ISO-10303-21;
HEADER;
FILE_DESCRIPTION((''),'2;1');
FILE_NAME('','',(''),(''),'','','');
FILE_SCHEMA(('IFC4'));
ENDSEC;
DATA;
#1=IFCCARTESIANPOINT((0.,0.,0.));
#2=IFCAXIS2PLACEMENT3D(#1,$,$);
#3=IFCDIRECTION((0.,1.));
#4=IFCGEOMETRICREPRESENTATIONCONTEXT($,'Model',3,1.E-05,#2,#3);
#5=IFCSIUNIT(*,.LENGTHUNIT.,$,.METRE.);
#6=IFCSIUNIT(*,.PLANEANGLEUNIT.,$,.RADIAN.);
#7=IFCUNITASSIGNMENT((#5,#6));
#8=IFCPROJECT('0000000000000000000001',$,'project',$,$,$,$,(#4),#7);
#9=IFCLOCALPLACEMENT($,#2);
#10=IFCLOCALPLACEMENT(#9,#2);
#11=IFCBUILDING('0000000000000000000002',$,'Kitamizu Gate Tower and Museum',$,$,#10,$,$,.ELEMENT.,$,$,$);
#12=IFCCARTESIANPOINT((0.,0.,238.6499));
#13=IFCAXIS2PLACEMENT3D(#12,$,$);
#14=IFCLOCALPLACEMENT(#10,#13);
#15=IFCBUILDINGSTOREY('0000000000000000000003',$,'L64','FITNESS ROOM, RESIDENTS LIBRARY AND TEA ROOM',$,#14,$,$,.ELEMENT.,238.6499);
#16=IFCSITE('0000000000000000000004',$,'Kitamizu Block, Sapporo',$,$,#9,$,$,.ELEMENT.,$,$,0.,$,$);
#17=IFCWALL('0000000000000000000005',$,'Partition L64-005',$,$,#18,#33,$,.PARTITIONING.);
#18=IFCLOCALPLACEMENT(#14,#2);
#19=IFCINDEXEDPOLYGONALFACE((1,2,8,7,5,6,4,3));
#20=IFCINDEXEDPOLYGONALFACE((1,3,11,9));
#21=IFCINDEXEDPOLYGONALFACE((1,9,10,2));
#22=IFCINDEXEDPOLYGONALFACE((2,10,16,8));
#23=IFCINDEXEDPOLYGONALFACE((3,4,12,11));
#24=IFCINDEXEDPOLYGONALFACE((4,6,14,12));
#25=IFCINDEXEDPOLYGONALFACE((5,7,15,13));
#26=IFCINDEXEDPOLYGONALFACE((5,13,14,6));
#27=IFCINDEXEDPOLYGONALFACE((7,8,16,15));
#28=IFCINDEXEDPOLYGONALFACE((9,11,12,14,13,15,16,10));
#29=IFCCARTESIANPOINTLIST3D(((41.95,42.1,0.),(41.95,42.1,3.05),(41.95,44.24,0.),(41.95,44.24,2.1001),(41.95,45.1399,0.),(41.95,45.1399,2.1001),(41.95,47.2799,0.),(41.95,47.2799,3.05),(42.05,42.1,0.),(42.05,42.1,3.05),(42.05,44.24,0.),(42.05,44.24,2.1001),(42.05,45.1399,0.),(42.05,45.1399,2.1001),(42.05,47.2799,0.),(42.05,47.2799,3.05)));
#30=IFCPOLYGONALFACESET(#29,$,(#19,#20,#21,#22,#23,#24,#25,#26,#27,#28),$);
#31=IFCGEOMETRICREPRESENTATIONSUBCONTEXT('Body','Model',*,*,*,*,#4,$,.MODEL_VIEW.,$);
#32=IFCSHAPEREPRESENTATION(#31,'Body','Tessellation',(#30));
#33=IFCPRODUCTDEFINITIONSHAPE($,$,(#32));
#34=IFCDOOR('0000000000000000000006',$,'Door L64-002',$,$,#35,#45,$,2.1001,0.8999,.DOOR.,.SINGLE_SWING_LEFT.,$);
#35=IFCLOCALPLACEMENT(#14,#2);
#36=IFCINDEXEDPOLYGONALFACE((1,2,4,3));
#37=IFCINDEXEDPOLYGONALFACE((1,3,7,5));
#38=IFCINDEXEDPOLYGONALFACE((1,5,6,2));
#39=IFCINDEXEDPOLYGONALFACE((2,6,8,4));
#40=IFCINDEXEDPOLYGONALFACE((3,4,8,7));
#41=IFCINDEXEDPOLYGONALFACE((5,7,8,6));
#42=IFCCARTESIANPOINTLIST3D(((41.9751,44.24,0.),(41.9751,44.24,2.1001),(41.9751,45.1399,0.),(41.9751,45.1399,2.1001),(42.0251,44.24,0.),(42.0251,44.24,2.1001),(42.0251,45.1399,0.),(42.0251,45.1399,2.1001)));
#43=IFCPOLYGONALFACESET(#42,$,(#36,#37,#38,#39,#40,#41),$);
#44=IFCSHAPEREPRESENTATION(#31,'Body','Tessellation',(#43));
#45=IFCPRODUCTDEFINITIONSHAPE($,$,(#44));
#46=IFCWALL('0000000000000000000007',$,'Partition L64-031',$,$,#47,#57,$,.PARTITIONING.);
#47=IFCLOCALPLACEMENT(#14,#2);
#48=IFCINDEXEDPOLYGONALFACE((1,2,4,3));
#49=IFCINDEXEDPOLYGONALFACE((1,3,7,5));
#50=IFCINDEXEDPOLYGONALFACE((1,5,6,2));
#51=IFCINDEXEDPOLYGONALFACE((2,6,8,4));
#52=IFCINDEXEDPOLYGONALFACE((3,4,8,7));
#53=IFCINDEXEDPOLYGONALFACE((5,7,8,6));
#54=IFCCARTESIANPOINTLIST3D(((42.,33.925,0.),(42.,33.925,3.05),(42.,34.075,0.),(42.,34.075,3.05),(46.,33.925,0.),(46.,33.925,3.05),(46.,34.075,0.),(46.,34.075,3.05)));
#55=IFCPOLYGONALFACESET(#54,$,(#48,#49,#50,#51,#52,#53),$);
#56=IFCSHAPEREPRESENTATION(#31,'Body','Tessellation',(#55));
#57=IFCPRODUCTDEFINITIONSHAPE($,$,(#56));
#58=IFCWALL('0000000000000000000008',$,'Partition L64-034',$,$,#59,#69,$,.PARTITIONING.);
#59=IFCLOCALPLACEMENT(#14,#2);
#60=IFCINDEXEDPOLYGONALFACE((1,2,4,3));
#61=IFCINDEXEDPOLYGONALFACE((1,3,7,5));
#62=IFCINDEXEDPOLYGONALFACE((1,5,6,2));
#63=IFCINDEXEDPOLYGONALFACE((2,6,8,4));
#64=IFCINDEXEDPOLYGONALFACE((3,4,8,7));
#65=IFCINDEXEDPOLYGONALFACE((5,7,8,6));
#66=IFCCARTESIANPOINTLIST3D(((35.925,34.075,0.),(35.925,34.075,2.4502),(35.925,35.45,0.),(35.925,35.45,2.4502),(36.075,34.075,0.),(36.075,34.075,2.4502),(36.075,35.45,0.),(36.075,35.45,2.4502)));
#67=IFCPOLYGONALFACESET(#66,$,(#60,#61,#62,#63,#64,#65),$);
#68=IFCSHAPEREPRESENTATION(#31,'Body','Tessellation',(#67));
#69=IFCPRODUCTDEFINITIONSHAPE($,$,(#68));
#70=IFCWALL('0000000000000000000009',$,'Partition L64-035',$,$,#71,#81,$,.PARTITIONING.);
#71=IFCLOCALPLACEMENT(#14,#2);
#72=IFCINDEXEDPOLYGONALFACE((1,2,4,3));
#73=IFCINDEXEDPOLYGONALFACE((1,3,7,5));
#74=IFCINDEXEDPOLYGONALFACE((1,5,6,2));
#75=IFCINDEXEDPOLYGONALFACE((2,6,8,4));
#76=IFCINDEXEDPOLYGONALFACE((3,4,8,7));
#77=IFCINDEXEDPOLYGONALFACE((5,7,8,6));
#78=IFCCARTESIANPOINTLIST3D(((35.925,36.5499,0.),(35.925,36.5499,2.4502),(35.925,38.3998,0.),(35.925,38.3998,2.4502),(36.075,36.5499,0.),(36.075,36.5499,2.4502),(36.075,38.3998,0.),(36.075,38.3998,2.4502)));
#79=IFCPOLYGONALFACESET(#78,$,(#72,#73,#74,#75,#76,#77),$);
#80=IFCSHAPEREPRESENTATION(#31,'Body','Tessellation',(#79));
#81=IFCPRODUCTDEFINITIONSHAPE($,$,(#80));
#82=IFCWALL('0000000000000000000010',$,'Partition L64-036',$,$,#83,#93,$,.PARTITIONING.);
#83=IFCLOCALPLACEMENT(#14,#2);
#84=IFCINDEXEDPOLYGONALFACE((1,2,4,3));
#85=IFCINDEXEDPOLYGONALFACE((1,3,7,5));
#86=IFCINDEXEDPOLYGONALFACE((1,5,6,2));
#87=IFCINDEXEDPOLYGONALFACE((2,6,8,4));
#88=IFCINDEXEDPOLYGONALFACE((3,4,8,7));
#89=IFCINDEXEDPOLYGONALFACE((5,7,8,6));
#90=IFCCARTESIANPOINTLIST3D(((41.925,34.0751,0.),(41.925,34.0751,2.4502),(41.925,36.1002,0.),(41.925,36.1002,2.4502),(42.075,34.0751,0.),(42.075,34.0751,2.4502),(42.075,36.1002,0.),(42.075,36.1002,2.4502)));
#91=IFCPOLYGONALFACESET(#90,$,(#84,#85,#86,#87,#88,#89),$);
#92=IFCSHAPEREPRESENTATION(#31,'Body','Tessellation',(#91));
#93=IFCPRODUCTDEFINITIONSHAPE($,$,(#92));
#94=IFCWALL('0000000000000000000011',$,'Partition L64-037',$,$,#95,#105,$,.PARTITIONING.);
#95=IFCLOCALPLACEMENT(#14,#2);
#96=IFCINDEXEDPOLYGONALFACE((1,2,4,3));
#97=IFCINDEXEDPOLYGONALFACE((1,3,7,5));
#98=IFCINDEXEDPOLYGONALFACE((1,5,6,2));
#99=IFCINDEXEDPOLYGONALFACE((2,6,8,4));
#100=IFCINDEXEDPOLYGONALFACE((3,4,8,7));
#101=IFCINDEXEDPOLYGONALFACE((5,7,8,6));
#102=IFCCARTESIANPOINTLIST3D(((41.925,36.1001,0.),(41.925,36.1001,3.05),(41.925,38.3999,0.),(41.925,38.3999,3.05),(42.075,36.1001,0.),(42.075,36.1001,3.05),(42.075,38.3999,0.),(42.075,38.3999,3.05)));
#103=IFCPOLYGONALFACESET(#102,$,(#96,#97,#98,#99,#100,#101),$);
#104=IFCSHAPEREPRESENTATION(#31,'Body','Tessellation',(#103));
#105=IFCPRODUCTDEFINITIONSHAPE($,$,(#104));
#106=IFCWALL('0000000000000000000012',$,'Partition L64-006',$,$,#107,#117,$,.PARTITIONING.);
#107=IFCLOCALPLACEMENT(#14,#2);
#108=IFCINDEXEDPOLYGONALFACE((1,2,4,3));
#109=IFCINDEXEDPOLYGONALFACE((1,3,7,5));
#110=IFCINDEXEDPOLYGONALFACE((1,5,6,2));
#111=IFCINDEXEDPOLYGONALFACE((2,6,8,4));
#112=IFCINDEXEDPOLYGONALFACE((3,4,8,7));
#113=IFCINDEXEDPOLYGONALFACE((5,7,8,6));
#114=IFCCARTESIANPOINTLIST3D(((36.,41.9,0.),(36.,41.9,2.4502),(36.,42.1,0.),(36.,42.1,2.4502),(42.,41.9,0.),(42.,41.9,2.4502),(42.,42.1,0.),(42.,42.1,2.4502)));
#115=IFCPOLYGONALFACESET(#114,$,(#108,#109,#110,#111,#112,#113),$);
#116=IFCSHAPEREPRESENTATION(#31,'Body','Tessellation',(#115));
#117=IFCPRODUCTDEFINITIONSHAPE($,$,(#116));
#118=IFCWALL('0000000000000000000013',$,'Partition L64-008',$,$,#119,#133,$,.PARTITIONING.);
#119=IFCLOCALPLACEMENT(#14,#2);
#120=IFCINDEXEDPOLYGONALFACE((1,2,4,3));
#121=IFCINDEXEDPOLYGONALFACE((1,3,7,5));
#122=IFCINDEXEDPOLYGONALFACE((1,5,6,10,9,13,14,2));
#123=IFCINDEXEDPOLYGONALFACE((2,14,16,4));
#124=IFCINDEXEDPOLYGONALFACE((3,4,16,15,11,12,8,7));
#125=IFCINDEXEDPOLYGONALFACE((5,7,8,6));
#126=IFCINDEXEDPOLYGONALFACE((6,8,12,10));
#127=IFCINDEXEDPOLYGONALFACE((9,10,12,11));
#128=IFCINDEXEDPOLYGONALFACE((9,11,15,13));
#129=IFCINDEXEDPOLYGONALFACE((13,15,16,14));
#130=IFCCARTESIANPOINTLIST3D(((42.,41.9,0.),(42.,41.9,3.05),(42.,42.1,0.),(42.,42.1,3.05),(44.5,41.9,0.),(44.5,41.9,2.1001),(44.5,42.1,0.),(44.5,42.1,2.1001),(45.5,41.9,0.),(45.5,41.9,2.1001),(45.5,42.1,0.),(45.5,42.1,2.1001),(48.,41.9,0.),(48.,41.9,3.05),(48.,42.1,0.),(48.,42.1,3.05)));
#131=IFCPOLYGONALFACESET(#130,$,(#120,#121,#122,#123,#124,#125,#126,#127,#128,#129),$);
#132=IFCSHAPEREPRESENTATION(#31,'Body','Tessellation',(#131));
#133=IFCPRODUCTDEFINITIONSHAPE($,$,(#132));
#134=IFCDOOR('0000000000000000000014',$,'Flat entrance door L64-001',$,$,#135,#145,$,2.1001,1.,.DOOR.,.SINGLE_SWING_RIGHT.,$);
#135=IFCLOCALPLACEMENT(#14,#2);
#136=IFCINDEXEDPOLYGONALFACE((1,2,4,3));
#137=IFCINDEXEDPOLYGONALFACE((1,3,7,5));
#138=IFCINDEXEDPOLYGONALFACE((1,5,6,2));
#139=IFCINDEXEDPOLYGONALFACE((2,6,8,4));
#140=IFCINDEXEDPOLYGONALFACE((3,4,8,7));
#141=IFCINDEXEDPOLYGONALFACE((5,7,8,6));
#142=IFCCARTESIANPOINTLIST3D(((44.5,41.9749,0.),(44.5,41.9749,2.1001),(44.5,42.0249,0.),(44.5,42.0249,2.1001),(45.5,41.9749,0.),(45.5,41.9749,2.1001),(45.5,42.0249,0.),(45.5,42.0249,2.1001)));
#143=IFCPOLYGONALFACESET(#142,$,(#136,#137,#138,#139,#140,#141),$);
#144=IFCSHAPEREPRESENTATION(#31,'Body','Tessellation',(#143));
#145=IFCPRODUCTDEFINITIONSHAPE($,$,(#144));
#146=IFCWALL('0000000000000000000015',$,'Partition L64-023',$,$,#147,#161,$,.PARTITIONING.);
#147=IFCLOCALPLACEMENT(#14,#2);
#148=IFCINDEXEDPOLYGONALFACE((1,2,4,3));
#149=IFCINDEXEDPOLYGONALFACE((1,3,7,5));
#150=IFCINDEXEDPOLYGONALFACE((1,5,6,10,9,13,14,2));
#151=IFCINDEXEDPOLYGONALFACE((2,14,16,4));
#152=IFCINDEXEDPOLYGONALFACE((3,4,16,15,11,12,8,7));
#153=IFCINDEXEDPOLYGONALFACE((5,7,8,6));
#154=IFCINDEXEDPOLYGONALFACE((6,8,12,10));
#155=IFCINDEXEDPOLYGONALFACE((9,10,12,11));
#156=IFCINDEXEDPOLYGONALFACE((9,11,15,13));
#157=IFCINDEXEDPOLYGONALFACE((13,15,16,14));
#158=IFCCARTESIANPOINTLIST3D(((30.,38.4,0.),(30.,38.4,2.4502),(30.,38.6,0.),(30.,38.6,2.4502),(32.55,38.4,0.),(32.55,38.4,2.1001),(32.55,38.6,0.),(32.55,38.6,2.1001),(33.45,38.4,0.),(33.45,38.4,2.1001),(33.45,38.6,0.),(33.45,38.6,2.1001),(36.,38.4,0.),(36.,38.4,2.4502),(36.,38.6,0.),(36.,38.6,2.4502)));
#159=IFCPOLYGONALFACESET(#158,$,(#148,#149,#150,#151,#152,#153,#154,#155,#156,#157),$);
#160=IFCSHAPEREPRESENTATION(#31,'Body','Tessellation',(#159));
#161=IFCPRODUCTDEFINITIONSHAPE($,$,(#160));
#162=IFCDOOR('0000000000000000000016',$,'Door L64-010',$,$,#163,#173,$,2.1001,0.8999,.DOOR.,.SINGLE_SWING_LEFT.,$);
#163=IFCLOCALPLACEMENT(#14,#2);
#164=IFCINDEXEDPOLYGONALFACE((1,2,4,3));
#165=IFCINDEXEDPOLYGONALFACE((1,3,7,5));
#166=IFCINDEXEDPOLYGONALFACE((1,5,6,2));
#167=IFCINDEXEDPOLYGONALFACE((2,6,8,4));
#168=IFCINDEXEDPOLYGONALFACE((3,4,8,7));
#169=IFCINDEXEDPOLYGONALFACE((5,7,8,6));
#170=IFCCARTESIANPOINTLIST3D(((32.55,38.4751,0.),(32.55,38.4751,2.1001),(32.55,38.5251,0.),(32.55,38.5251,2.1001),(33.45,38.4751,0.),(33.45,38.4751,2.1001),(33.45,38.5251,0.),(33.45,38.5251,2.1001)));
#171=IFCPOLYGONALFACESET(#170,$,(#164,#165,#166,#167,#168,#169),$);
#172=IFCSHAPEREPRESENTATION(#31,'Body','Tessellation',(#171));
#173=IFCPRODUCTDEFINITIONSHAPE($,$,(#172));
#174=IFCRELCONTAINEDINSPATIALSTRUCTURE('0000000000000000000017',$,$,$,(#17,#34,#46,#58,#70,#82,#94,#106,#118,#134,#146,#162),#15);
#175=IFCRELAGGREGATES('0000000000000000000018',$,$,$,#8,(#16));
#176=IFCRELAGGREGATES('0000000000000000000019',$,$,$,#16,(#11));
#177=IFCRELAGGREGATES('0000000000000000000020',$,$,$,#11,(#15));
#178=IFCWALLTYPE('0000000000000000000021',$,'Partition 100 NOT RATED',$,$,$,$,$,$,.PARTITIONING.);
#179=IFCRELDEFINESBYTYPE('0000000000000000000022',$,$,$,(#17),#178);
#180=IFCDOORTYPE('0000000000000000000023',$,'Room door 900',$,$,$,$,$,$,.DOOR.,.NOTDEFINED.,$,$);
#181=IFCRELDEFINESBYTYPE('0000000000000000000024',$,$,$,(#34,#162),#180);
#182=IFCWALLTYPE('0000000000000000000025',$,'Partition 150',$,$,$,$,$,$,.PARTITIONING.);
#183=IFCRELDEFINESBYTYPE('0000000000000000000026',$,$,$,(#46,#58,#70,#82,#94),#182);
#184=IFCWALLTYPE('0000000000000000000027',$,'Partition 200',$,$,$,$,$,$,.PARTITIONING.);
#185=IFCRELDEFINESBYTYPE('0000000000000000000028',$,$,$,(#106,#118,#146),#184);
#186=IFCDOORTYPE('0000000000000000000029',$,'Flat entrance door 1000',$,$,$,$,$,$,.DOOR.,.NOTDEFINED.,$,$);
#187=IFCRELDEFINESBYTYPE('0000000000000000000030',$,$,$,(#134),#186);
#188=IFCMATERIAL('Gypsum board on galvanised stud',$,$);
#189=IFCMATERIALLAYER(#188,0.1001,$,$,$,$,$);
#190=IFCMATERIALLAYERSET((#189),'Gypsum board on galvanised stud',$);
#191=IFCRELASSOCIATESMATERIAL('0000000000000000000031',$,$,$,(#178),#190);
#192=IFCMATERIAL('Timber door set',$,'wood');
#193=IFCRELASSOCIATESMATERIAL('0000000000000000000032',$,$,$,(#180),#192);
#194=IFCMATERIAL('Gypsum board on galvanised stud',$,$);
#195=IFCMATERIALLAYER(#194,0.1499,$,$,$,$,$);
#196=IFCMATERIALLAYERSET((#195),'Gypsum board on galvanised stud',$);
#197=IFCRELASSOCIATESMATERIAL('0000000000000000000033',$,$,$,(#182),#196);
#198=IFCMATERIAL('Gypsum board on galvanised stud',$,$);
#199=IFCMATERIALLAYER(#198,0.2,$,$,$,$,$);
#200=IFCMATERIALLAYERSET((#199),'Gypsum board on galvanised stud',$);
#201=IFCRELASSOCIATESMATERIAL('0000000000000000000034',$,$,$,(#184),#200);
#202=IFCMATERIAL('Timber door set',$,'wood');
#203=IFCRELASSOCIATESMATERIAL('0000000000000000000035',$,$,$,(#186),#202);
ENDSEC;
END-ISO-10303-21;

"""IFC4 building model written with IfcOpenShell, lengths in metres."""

from ifc_helpers import new_model, si_unit, direction, frame, frame_2d, origin, place, context, subcontext, project, spatial, rectangle, extrude, material, layer, layer_set, type_object, element, fill, save


model = new_model("IFC4")

# Units and contexts
model_context = context("Model", 3, precision=1e-05, world=origin(), true_north=direction((0.0, 1.0)))
body_context = subcontext(model_context, "Body", "Model", "MODEL_VIEW")
ifc_project = project(units=[si_unit("LENGTHUNIT", "METRE"), si_unit("PLANEANGLEUNIT", "RADIAN")], contexts=[model_context])

# Site, building, storey
site_placement = place(None, origin())
site = spatial("IfcSite", under=ifc_project, at=site_placement, Name="Kitamizu Block, Sapporo", CompositionType="ELEMENT", RefElevation=0.0)
building_placement = place(site_placement, origin())
building = spatial("IfcBuilding", under=site, at=building_placement, Name="Kitamizu Gate Tower and Museum", CompositionType="ELEMENT")
storey_placement = place(building_placement, frame((0.0, 0.0, 238.6499)))
storey = spatial("IfcBuildingStorey", under=building, at=storey_placement, Name="L64", Description="FITNESS ROOM, RESIDENTS LIBRARY AND TEA ROOM", CompositionType="ELEMENT", Elevation=238.6499)

# Wall, opening, door
ifc_material_1 = material(Name="Gypsum board on galvanised stud")
ifc_layer_1 = layer(ifc_material_1, 0.1001)
ifc_layer_set_1 = layer_set([ifc_layer_1], Name="Gypsum board on galvanised stud")
wall_type_1 = type_object("IfcWallType", Name="Partition 100 NOT RATED", PredefinedType="PARTITIONING", material=ifc_layer_set_1)
ifc_material_2 = material(Name="Timber door set", Category="wood")
door_type_1 = type_object("IfcDoorType", Name="Room door 900", OperationType="NOTDEFINED", PredefinedType="DOOR", material=ifc_material_2)
wall_1_placement = place(storey_placement, frame((42.0, 42.1001, 0.0), z_axis=(0.0, 0.0, 1.0), x_axis=(0.0, 1.0, 0.0)))
wall_1 = element("IfcWall", 1, at=wall_1_placement, inside=storey, type_object=wall_type_1, Name="Partition L64-005", PredefinedType="PARTITIONING", context=body_context, shape_type="SweptSolid", body=[
    extrude(rectangle(XDim=5.1799, YDim=0.1001, at=frame_2d((2.5898, 0.0))), origin(), (0.0, 0.0, 1.0), 3.05),
])
opening_1_placement = place(wall_1_placement, frame((2.1399, 0.0, 0.0)))
opening_1 = element("IfcOpeningElement", 2, at=opening_1_placement, cuts=wall_1, PredefinedType="OPENING", context=body_context, shape_type="SweptSolid", body=[
    extrude(rectangle(XDim=0.8999, YDim=2.1001, at=frame_2d((0.45, 1.05))), frame((0.0, 0.0601, 0.0), z_axis=(0.0, -1.0, 0.0), x_axis=(1.0, 0.0, 0.0)), (0.0, 0.0, 1.0), 0.1201),
])
door_1_placement = place(opening_1_placement, origin())
door_1 = element("IfcDoor", 3, at=door_1_placement, inside=storey, type_object=door_type_1, Name="Door L64-002", OperationType="SINGLE_SWING_LEFT", OverallHeight=2.1001, OverallWidth=0.8999, PredefinedType="DOOR", context=body_context, shape_type="SweptSolid", body=[
    extrude(rectangle(XDim=0.8999, YDim=2.1001, at=frame_2d((0.45, 1.05))), frame((0.0, 0.0249, 0.0), z_axis=(0.0, -1.0, 0.0), x_axis=(1.0, 0.0, 0.0)), (0.0, 0.0, 1.0), 0.05),
])
fill(opening_1, door_1)

# Walls
ifc_material_3 = material(Name="Gypsum board on galvanised stud")
ifc_layer_2 = layer(ifc_material_3, 0.1499)
ifc_layer_set_2 = layer_set([ifc_layer_2], Name="Gypsum board on galvanised stud")
wall_type_2 = type_object("IfcWallType", Name="Partition 150", PredefinedType="PARTITIONING", material=ifc_layer_set_2)
wall_2_placement = place(storey_placement, frame((46.0, 34.0, 0.0), z_axis=(0.0, 0.0, 1.0), x_axis=(-1.0, 0.0, 0.0)))
element("IfcWall", 4, at=wall_2_placement, inside=storey, type_object=wall_type_2, Name="Partition L64-031", PredefinedType="PARTITIONING", context=body_context, shape_type="SweptSolid", body=[
    extrude(rectangle(XDim=4.0, YDim=0.1499, at=frame_2d((2.0, 0.0))), origin(), (0.0, 0.0, 1.0), 3.05),
])
wall_3_placement = place(storey_placement, frame((36.0, 34.075, 0.0), z_axis=(0.0, 0.0, 1.0), x_axis=(0.0, 1.0, 0.0)))
element("IfcWall", 5, at=wall_3_placement, inside=storey, type_object=wall_type_2, Name="Partition L64-034", PredefinedType="PARTITIONING", context=body_context, shape_type="SweptSolid", body=[
    extrude(rectangle(XDim=1.375, YDim=0.1499, at=frame_2d((0.6875, 0.0))), origin(), (0.0, 0.0, 1.0), 2.4502),
])
wall_4_placement = place(storey_placement, frame((36.0, 36.55, 0.0), z_axis=(0.0, 0.0, 1.0), x_axis=(0.0, 1.0, 0.0)))
element("IfcWall", 6, at=wall_4_placement, inside=storey, type_object=wall_type_2, Name="Partition L64-035", PredefinedType="PARTITIONING", context=body_context, shape_type="SweptSolid", body=[
    extrude(rectangle(XDim=1.8499, YDim=0.1499, at=frame_2d((0.9248, 0.0))), origin(), (0.0, 0.0, 1.0), 2.4502),
])
wall_5_placement = place(storey_placement, frame((42.0, 34.075, 0.0), z_axis=(0.0, 0.0, 1.0), x_axis=(0.0, 1.0, 0.0)))
element("IfcWall", 7, at=wall_5_placement, inside=storey, type_object=wall_type_2, Name="Partition L64-036", PredefinedType="PARTITIONING", context=body_context, shape_type="SweptSolid", body=[
    extrude(rectangle(XDim=2.0251, YDim=0.1499, at=frame_2d((1.0127, 0.0))), origin(), (0.0, 0.0, 1.0), 2.4502),
])
wall_6_placement = place(storey_placement, frame((42.0, 36.1001, 0.0), z_axis=(0.0, 0.0, 1.0), x_axis=(0.0, 1.0, 0.0)))
element("IfcWall", 8, at=wall_6_placement, inside=storey, type_object=wall_type_2, Name="Partition L64-037", PredefinedType="PARTITIONING", context=body_context, shape_type="SweptSolid", body=[
    extrude(rectangle(XDim=2.2998, YDim=0.1499, at=frame_2d((1.1499, 0.0))), origin(), (0.0, 0.0, 1.0), 3.05),
])
ifc_material_4 = material(Name="Gypsum board on galvanised stud")
ifc_layer_3 = layer(ifc_material_4, 0.2)
ifc_layer_set_3 = layer_set([ifc_layer_3], Name="Gypsum board on galvanised stud")
wall_type_3 = type_object("IfcWallType", Name="Partition 200", PredefinedType="PARTITIONING", material=ifc_layer_set_3)
wall_7_placement = place(storey_placement, frame((36.0, 42.0, 0.0), z_axis=(0.0, 0.0, 1.0), x_axis=(1.0, 0.0, 0.0)))
element("IfcWall", 9, at=wall_7_placement, inside=storey, type_object=wall_type_3, Name="Partition L64-006", PredefinedType="PARTITIONING", context=body_context, shape_type="SweptSolid", body=[
    extrude(rectangle(XDim=6.0, YDim=0.2, at=frame_2d((3.0, 0.0))), origin(), (0.0, 0.0, 1.0), 2.4502),
])

# Walls, openings, doors
wall_8_placement = place(storey_placement, frame((42.0, 42.0, 0.0), z_axis=(0.0, 0.0, 1.0), x_axis=(1.0, 0.0, 0.0)))
wall_8 = element("IfcWall", 10, at=wall_8_placement, inside=storey, type_object=wall_type_3, Name="Partition L64-008", PredefinedType="PARTITIONING", context=body_context, shape_type="SweptSolid", body=[
    extrude(rectangle(XDim=6.0, YDim=0.2, at=frame_2d((3.0, 0.0))), origin(), (0.0, 0.0, 1.0), 3.05),
])
opening_2_placement = place(wall_8_placement, frame((2.5, 0.0, 0.0)))
opening_2 = element("IfcOpeningElement", 11, at=opening_2_placement, cuts=wall_8, PredefinedType="OPENING", context=body_context, shape_type="SweptSolid", body=[
    extrude(rectangle(XDim=1.0, YDim=2.1001, at=frame_2d((0.5, 1.05))), frame((0.0, 0.1099, 0.0), z_axis=(0.0, -1.0, 0.0), x_axis=(1.0, 0.0, 0.0)), (0.0, 0.0, 1.0), 0.22),
])
ifc_material_5 = material(Name="Timber door set", Category="wood")
door_type_2 = type_object("IfcDoorType", Name="Flat entrance door 1000", OperationType="NOTDEFINED", PredefinedType="DOOR", material=ifc_material_5)
door_2_placement = place(opening_2_placement, origin())
door_2 = element("IfcDoor", 12, at=door_2_placement, inside=storey, type_object=door_type_2, Name="Flat entrance door L64-001", OperationType="SINGLE_SWING_RIGHT", OverallHeight=2.1001, OverallWidth=1.0, PredefinedType="DOOR", context=body_context, shape_type="SweptSolid", body=[
    extrude(rectangle(XDim=1.0, YDim=2.1001, at=frame_2d((0.5, 1.05))), frame((0.0, 0.0249, 0.0), z_axis=(0.0, -1.0, 0.0), x_axis=(1.0, 0.0, 0.0)), (0.0, 0.0, 1.0), 0.05),
])
fill(opening_2, door_2)
wall_9_placement = place(storey_placement, frame((36.0, 38.5, 0.0), z_axis=(0.0, 0.0, 1.0), x_axis=(-1.0, 0.0, 0.0)))
wall_9 = element("IfcWall", 13, at=wall_9_placement, inside=storey, type_object=wall_type_3, Name="Partition L64-023", PredefinedType="PARTITIONING", context=body_context, shape_type="SweptSolid", body=[
    extrude(rectangle(XDim=6.0, YDim=0.2, at=frame_2d((3.0, 0.0))), origin(), (0.0, 0.0, 1.0), 2.4502),
])
opening_3_placement = place(wall_9_placement, frame((2.55, 0.0, 0.0)))
opening_3 = element("IfcOpeningElement", 14, at=opening_3_placement, cuts=wall_9, PredefinedType="OPENING", context=body_context, shape_type="SweptSolid", body=[
    extrude(rectangle(XDim=0.8999, YDim=2.1001, at=frame_2d((0.45, 1.05))), frame((0.0, 0.1099, 0.0), z_axis=(0.0, -1.0, 0.0), x_axis=(1.0, 0.0, 0.0)), (0.0, 0.0, 1.0), 0.22),
])
door_3_placement = place(opening_3_placement, origin())
door_3 = element("IfcDoor", 15, at=door_3_placement, inside=storey, type_object=door_type_1, Name="Door L64-010", OperationType="SINGLE_SWING_LEFT", OverallHeight=2.1001, OverallWidth=0.8999, PredefinedType="DOOR", context=body_context, shape_type="SweptSolid", body=[
    extrude(rectangle(XDim=0.8999, YDim=2.1001, at=frame_2d((0.45, 1.05))), frame((0.0, 0.0249, 0.0), z_axis=(0.0, -1.0, 0.0), x_axis=(1.0, 0.0, 0.0)), (0.0, 0.0, 1.0), 0.05),
])
fill(opening_3, door_3)

save(model, "model.ifc")
